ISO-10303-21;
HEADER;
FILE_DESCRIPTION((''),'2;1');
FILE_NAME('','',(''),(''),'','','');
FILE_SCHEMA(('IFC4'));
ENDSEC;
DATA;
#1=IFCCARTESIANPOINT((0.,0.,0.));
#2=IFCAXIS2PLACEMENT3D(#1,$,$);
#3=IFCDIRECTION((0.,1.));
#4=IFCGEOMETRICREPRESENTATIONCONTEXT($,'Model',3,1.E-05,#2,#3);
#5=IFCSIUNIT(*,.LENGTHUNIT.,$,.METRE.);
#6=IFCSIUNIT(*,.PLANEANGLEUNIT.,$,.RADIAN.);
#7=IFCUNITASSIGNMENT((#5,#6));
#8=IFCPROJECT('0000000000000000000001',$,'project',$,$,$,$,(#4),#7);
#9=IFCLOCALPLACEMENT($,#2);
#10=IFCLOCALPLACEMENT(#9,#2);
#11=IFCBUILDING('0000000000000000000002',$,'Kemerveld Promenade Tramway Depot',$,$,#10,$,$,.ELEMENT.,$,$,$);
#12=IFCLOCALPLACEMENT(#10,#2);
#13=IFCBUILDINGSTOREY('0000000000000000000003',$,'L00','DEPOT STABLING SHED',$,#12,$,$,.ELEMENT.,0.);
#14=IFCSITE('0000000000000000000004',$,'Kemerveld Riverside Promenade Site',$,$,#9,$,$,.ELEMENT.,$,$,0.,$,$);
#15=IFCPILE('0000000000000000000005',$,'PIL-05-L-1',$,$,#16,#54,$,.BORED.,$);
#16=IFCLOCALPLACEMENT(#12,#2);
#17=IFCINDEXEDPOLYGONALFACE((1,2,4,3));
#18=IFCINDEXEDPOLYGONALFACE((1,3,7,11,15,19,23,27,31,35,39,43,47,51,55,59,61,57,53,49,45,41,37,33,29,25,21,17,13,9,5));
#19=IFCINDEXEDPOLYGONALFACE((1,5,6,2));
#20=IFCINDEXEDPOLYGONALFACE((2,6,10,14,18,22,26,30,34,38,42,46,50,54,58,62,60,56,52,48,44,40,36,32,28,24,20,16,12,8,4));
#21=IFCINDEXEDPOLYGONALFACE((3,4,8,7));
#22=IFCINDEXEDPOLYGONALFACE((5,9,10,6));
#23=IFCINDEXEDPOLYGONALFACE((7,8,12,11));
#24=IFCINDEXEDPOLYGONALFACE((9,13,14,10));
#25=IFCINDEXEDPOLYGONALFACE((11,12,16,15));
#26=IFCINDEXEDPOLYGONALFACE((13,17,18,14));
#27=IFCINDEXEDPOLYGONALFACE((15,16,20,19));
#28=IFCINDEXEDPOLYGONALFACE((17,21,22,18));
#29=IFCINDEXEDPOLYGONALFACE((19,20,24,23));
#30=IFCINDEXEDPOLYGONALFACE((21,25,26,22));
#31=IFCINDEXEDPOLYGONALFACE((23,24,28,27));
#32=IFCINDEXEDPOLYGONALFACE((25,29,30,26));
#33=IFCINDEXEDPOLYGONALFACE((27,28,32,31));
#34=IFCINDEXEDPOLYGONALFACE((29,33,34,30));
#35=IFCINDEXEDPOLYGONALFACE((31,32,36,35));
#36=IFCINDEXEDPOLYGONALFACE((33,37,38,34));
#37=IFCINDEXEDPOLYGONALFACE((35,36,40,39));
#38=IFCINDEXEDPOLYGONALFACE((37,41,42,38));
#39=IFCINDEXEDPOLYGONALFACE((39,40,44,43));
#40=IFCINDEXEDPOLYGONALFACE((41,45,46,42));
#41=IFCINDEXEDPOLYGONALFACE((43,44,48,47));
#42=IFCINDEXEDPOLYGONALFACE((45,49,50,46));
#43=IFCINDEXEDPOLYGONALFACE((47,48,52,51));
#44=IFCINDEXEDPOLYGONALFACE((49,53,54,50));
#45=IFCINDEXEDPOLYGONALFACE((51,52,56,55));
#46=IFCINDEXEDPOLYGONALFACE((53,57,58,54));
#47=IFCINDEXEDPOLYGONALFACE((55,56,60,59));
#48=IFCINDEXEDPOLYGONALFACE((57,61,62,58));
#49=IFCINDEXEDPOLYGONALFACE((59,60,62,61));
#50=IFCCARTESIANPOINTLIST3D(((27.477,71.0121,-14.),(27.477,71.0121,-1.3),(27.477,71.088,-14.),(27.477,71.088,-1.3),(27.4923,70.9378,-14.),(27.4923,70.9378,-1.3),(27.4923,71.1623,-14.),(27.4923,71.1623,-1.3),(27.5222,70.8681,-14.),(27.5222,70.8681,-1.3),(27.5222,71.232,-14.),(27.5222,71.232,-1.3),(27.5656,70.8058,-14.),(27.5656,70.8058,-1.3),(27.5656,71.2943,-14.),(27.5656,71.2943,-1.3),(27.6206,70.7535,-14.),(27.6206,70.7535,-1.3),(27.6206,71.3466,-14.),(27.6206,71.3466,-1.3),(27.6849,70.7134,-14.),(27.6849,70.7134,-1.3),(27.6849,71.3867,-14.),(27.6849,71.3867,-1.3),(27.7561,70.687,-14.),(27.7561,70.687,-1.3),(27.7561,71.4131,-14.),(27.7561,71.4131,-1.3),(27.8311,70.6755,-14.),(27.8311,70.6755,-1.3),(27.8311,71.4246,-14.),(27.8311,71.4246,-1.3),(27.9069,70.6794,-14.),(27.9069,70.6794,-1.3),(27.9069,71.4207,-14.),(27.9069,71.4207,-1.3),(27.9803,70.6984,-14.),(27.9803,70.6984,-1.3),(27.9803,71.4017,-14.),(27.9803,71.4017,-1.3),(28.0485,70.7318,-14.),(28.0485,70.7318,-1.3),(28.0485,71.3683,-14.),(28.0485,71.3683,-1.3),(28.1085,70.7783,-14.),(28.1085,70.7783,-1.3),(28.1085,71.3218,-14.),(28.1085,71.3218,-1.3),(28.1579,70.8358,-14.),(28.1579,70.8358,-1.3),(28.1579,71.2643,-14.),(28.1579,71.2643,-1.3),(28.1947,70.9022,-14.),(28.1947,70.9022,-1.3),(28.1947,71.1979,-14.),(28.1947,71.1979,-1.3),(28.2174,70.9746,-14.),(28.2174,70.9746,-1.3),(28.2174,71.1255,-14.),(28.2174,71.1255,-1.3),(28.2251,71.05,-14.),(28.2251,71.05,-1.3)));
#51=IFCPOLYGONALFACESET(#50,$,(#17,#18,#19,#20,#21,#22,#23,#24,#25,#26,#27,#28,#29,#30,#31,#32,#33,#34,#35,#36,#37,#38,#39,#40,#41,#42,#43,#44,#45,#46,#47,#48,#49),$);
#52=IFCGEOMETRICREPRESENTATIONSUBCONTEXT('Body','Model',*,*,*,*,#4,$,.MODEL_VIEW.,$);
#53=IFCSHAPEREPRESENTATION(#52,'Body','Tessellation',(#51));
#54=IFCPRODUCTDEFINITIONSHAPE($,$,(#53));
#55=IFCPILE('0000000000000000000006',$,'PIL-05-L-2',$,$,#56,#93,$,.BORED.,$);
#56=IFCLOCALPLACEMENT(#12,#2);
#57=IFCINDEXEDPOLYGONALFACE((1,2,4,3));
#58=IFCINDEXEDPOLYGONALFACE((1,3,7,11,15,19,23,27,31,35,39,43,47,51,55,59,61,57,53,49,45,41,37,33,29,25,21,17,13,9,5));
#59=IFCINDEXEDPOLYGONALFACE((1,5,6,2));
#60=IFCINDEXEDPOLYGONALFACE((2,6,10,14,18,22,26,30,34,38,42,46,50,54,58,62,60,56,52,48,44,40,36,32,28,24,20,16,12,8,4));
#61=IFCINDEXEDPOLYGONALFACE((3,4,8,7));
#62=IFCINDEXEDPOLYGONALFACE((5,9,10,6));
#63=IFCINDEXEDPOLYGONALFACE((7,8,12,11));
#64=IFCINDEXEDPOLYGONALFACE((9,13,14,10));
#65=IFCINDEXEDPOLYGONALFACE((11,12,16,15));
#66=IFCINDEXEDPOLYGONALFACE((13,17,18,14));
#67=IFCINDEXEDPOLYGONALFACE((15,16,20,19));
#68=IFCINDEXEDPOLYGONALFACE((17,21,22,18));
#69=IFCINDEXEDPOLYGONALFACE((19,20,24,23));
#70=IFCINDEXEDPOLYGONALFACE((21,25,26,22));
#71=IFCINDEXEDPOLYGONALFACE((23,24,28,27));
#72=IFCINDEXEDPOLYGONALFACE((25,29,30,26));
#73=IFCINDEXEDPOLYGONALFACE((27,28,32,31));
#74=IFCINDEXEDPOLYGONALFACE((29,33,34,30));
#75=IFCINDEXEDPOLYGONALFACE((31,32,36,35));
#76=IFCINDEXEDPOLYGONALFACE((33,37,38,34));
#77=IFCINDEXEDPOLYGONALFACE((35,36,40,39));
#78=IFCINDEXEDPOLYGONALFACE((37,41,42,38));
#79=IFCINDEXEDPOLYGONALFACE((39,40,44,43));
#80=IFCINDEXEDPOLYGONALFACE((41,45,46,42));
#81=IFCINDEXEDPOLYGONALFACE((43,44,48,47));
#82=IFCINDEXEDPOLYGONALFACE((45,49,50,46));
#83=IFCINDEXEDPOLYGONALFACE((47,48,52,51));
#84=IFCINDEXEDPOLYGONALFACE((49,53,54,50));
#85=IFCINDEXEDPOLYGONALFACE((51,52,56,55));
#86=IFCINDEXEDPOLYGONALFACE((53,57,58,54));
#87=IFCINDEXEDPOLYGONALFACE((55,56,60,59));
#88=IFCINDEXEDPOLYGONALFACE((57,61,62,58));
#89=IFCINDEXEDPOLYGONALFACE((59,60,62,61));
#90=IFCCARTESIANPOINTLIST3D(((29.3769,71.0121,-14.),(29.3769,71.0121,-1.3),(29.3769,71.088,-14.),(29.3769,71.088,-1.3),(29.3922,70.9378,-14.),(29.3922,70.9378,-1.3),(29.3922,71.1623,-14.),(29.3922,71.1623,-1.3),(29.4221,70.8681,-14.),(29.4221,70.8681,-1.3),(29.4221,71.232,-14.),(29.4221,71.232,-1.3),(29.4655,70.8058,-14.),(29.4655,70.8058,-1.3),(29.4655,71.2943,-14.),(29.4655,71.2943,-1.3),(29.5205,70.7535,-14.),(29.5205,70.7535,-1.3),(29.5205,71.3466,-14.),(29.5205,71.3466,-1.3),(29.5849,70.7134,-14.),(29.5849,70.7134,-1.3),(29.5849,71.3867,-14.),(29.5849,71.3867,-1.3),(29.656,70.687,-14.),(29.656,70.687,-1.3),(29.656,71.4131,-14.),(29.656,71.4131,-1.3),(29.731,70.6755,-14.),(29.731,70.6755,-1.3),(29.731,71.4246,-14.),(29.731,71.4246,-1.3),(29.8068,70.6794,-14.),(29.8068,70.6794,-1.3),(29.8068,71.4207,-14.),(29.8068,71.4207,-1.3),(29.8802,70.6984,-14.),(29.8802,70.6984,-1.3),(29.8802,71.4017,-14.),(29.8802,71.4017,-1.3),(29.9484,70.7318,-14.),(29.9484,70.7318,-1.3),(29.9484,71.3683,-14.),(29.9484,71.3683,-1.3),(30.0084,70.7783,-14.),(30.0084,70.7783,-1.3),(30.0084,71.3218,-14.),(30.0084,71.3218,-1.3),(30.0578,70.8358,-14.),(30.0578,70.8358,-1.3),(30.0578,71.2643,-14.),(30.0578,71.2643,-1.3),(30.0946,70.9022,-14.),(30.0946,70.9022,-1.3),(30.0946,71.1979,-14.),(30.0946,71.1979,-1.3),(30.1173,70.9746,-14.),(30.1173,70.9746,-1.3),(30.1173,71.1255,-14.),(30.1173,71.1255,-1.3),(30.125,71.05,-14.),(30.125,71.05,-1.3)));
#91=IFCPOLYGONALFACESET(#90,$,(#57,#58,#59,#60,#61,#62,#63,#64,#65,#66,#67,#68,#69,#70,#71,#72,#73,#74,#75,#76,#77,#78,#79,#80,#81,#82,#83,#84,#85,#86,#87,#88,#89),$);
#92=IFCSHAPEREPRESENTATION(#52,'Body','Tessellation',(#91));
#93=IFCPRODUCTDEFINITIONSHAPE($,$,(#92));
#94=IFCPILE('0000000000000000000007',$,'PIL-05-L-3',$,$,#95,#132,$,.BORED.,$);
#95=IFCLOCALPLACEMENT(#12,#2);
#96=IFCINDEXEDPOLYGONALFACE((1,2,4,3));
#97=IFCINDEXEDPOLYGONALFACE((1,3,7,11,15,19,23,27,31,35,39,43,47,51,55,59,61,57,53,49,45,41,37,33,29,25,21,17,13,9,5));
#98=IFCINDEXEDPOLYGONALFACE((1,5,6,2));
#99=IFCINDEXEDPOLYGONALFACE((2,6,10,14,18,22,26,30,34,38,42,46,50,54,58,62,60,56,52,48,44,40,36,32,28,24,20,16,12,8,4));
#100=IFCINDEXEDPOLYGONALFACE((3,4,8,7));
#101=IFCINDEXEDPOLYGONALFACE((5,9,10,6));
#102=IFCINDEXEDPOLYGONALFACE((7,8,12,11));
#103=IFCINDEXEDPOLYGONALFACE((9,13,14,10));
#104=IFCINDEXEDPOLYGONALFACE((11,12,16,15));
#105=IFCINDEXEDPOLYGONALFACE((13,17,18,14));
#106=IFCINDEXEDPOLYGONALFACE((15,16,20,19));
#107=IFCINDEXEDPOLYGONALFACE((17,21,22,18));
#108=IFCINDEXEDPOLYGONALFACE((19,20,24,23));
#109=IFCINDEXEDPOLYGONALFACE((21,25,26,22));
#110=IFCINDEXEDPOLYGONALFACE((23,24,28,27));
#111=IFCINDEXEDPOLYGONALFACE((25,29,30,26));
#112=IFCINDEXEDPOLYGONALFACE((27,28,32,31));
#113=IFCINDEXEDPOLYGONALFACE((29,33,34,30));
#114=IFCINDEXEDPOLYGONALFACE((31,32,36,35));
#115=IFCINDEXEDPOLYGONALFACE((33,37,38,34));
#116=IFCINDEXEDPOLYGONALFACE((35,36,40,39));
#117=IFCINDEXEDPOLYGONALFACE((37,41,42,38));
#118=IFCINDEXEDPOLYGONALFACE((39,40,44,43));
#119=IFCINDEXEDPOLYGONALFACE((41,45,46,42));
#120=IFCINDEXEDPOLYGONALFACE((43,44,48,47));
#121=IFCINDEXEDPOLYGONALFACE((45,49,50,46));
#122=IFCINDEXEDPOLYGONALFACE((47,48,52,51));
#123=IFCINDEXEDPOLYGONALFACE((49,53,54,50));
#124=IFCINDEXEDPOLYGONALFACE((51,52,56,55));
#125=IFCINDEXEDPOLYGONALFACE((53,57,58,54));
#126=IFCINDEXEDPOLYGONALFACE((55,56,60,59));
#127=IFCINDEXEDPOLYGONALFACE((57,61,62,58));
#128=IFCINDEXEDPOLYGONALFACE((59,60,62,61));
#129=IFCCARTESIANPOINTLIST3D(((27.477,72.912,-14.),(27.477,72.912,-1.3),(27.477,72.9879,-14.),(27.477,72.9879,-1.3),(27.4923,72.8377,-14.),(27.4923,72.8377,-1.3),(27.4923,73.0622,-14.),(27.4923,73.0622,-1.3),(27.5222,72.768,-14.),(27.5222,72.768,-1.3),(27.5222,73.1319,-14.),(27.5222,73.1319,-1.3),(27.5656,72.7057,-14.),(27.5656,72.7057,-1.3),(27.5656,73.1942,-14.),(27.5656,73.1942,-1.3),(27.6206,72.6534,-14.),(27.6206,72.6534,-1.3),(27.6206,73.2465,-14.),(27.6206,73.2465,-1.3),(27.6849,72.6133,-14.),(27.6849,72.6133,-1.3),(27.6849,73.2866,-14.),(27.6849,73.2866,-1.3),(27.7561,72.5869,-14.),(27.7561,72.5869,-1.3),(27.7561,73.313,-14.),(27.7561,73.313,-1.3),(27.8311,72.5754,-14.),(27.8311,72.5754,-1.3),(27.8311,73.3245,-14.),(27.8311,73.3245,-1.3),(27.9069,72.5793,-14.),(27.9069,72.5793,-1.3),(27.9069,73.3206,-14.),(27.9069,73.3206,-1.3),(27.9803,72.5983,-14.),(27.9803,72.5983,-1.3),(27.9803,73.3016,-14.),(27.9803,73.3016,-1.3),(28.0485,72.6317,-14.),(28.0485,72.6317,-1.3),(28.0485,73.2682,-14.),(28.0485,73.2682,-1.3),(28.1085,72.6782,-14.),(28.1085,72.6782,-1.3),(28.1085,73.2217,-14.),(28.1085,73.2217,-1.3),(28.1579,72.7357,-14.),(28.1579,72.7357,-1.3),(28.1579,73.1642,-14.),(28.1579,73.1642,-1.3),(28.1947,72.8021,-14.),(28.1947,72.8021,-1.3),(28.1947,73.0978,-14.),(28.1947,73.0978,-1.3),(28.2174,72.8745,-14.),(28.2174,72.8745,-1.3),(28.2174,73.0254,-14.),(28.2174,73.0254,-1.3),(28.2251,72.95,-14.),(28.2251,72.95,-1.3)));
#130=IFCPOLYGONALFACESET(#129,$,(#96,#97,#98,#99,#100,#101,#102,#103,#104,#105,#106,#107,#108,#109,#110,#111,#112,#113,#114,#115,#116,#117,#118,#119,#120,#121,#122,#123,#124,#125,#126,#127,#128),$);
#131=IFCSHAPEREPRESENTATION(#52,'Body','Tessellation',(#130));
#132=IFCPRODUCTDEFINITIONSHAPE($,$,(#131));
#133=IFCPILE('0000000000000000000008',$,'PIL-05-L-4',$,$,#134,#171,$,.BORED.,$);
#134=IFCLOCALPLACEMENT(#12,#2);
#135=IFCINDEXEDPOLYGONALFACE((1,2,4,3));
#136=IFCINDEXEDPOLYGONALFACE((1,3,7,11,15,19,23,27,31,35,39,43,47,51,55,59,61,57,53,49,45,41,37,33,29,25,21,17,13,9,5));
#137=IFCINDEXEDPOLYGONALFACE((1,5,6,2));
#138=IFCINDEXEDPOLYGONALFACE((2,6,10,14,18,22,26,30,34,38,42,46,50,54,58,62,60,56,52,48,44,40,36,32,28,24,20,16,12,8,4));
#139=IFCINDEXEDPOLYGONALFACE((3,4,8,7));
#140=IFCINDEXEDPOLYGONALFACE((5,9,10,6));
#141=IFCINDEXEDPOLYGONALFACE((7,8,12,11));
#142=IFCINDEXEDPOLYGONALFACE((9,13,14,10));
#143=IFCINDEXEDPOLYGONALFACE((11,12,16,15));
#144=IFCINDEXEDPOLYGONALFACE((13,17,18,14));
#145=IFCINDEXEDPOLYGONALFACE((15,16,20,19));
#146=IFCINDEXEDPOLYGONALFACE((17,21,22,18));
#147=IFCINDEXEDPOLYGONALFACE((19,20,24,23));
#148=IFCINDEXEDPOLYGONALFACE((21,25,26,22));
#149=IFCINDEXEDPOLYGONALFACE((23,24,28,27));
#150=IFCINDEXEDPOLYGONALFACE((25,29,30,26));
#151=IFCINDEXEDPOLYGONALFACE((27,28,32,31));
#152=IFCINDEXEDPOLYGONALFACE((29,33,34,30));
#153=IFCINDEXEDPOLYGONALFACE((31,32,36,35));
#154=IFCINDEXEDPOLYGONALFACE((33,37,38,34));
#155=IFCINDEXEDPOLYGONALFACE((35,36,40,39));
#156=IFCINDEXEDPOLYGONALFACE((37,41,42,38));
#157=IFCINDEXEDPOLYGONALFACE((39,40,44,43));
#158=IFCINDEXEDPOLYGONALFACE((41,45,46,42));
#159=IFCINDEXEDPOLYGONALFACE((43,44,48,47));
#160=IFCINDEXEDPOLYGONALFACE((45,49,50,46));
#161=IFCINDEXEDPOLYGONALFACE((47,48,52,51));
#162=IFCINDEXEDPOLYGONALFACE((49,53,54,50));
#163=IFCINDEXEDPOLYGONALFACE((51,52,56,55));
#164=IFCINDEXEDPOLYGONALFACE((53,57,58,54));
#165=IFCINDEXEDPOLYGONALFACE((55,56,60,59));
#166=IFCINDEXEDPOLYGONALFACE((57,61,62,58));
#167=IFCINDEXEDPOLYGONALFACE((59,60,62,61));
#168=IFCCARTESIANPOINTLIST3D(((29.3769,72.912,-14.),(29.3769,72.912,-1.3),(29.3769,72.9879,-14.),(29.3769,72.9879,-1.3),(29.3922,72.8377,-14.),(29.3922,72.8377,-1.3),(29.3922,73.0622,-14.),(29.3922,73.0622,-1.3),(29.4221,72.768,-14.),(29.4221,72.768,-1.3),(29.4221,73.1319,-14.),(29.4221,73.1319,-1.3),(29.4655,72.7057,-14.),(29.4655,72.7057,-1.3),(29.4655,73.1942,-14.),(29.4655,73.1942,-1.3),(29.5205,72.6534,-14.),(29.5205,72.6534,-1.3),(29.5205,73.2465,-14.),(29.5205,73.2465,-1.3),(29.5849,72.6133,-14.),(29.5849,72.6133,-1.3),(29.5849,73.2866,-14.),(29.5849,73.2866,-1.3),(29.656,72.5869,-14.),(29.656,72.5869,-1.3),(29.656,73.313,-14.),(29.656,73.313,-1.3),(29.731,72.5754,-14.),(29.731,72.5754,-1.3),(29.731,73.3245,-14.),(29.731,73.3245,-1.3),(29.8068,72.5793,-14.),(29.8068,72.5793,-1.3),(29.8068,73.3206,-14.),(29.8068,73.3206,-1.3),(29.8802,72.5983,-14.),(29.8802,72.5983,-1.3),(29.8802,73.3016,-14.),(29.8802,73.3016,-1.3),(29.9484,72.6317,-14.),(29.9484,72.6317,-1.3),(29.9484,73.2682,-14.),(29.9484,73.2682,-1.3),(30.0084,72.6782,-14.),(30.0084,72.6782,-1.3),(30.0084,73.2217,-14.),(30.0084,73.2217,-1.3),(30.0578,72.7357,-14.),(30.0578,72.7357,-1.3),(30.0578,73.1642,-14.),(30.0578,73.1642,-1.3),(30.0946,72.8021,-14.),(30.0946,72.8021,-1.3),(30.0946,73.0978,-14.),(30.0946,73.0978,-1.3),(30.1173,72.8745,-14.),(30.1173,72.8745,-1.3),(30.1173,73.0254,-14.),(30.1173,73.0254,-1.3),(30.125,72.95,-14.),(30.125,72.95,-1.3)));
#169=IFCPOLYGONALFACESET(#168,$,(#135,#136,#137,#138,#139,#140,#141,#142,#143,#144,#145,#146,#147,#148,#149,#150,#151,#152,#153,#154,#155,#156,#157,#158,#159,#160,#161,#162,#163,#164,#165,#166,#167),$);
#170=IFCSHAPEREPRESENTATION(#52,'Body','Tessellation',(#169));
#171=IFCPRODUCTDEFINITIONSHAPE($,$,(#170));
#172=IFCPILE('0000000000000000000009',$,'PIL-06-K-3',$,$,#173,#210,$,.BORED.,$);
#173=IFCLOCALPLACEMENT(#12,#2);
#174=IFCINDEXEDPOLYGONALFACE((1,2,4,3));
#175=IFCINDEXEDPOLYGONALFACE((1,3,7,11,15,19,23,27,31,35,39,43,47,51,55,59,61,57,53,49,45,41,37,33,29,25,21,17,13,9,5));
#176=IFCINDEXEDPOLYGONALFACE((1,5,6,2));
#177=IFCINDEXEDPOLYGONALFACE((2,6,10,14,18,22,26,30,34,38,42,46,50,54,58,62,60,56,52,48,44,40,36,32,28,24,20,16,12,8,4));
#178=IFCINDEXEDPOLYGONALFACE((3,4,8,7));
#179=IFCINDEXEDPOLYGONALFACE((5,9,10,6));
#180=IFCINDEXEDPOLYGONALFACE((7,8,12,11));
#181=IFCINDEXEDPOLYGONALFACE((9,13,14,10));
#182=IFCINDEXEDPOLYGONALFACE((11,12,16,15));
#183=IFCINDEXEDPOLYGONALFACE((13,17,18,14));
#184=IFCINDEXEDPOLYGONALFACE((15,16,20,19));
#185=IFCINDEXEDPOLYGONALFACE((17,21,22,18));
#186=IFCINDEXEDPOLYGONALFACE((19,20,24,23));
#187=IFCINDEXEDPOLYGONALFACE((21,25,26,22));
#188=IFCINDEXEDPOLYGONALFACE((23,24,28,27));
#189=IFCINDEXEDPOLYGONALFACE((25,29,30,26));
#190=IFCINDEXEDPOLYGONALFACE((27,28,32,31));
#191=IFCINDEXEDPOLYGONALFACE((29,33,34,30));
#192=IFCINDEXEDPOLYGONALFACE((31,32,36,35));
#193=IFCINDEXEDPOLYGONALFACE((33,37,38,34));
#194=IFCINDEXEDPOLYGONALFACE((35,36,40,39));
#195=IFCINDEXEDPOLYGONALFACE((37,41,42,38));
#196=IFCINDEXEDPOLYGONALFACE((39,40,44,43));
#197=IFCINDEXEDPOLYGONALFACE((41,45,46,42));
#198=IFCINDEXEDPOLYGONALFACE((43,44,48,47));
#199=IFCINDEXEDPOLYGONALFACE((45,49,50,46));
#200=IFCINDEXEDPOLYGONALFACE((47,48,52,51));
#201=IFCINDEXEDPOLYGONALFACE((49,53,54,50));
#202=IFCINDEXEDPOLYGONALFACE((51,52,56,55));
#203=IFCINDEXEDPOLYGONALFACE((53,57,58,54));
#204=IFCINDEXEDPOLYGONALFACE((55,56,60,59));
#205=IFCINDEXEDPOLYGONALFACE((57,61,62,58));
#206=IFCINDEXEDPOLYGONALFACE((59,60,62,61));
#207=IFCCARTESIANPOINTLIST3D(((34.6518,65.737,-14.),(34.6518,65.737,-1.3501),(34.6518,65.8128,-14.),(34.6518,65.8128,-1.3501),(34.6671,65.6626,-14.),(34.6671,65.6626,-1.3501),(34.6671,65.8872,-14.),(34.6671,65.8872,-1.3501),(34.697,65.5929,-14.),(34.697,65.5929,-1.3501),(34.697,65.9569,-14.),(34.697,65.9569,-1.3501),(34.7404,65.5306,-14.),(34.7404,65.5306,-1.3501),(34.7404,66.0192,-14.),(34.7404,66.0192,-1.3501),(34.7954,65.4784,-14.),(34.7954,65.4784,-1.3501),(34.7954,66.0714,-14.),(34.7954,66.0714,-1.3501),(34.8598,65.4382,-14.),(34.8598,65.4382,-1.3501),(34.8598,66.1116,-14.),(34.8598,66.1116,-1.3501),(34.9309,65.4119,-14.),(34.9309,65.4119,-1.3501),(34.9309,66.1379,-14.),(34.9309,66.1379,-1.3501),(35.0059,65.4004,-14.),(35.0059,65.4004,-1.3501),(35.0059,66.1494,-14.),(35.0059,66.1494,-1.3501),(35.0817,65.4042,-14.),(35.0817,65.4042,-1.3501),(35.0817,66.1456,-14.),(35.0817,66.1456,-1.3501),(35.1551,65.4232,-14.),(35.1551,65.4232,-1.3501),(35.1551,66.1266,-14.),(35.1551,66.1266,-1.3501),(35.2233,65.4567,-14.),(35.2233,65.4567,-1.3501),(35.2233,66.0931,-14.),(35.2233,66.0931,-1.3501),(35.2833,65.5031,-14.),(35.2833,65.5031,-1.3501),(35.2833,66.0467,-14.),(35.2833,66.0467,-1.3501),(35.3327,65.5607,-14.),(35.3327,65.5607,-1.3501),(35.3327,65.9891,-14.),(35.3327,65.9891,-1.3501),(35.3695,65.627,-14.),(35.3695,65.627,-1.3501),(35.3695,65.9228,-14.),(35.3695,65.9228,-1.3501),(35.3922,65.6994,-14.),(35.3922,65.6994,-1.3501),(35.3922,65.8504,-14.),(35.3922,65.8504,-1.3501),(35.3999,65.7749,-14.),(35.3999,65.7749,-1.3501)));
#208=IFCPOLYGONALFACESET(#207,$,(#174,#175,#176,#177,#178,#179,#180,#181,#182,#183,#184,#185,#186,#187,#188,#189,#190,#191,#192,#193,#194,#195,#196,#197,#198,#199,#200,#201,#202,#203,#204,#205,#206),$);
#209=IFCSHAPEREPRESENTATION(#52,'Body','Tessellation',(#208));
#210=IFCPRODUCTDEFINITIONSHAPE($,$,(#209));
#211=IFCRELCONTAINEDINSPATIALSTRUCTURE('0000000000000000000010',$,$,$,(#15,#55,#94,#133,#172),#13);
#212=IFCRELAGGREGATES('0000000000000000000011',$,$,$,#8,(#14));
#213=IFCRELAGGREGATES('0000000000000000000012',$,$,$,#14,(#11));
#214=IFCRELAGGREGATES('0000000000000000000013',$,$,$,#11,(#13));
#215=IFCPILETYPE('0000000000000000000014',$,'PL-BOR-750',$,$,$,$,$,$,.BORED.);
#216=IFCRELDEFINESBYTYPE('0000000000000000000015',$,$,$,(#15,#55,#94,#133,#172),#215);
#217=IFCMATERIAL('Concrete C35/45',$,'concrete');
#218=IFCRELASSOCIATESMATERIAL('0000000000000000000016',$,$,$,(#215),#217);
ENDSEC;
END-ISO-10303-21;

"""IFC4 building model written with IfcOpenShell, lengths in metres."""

from ifc_helpers import new_model, si_unit, direction, frame, origin, origin_2d, place, context, subcontext, project, spatial, circle, extrude, material, material_profile, profile_set, type_object, element, save


model = new_model("IFC4")

# Units and contexts
model_context = context("Model", 3, precision=1e-05, world=origin(), true_north=direction((0.0, 1.0)))
body_context = subcontext(model_context, "Body", "Model", "MODEL_VIEW")
ifc_project = project(units=[si_unit("LENGTHUNIT", "METRE"), si_unit("PLANEANGLEUNIT", "RADIAN")], contexts=[model_context])

# Site, building, storey
site_placement = place(None, origin())
site = spatial("IfcSite", under=ifc_project, at=site_placement, Name="Kemerveld Riverside Promenade Site", CompositionType="ELEMENT", RefElevation=0.0)
building_placement = place(site_placement, origin())
building = spatial("IfcBuilding", under=site, at=building_placement, Name="Kemerveld Promenade Tramway Depot", CompositionType="ELEMENT")
storey_placement = place(building_placement, origin())
storey = spatial("IfcBuildingStorey", under=building, at=storey_placement, Name="L00", Description="DEPOT STABLING SHED", CompositionType="ELEMENT", Elevation=0.0)

# Shared definitions
ifc_material_1 = material(Name="Concrete C35/45", Category="concrete")

# Piles
ifc_material_profile_1 = material_profile(ifc_material_1, circle(Radius=0.375, at=origin_2d()), Name="PILE-D750")
ifc_profile_set_1 = profile_set([ifc_material_profile_1], Name="Concrete C35/45")
pile_type = type_object("IfcPileType", Name="PL-BOR-750", PredefinedType="BORED", material=ifc_profile_set_1)
for number, where, z_axis, x_axis, name in (
    (1, (27.8501, 71.05, -1.3), (0.0, 0.0, -1.0), (1.0, 0.0, 0.0), "PIL-05-L-1"),
    (2, (29.75, 71.05, -1.3), (0.0, 0.0, -1.0), (1.0, 0.0, 0.0), "PIL-05-L-2"),
    (3, (27.8501, 72.95, -1.3), (0.0, 0.0, -1.0), (1.0, 0.0, 0.0), "PIL-05-L-3"),
    (4, (29.75, 72.95, -1.3), (0.0, 0.0, -1.0), (1.0, 0.0, 0.0), "PIL-05-L-4"),
):
    element("IfcPile", number, at=place(storey_placement, frame(where, z_axis=z_axis, x_axis=x_axis)), inside=storey, type_object=pile_type, Name=name, PredefinedType="BORED", context=body_context, shape_type="SweptSolid", body=[
        extrude(circle(Radius=0.375, at=origin_2d()), origin(), (0.0, 0.0, 1.0), 12.7),
    ])
pile_placement = place(storey_placement, frame((35.0249, 65.7749, -1.3501), z_axis=(0.0, 0.0, -1.0), x_axis=(1.0, 0.0, 0.0)))
element("IfcPile", 5, at=pile_placement, inside=storey, type_object=pile_type, Name="PIL-06-K-3", PredefinedType="BORED", context=body_context, shape_type="SweptSolid", body=[
    extrude(circle(Radius=0.375, at=origin_2d()), origin(), (0.0, 0.0, 1.0), 12.6499),
])

save(model, "model.ifc")
